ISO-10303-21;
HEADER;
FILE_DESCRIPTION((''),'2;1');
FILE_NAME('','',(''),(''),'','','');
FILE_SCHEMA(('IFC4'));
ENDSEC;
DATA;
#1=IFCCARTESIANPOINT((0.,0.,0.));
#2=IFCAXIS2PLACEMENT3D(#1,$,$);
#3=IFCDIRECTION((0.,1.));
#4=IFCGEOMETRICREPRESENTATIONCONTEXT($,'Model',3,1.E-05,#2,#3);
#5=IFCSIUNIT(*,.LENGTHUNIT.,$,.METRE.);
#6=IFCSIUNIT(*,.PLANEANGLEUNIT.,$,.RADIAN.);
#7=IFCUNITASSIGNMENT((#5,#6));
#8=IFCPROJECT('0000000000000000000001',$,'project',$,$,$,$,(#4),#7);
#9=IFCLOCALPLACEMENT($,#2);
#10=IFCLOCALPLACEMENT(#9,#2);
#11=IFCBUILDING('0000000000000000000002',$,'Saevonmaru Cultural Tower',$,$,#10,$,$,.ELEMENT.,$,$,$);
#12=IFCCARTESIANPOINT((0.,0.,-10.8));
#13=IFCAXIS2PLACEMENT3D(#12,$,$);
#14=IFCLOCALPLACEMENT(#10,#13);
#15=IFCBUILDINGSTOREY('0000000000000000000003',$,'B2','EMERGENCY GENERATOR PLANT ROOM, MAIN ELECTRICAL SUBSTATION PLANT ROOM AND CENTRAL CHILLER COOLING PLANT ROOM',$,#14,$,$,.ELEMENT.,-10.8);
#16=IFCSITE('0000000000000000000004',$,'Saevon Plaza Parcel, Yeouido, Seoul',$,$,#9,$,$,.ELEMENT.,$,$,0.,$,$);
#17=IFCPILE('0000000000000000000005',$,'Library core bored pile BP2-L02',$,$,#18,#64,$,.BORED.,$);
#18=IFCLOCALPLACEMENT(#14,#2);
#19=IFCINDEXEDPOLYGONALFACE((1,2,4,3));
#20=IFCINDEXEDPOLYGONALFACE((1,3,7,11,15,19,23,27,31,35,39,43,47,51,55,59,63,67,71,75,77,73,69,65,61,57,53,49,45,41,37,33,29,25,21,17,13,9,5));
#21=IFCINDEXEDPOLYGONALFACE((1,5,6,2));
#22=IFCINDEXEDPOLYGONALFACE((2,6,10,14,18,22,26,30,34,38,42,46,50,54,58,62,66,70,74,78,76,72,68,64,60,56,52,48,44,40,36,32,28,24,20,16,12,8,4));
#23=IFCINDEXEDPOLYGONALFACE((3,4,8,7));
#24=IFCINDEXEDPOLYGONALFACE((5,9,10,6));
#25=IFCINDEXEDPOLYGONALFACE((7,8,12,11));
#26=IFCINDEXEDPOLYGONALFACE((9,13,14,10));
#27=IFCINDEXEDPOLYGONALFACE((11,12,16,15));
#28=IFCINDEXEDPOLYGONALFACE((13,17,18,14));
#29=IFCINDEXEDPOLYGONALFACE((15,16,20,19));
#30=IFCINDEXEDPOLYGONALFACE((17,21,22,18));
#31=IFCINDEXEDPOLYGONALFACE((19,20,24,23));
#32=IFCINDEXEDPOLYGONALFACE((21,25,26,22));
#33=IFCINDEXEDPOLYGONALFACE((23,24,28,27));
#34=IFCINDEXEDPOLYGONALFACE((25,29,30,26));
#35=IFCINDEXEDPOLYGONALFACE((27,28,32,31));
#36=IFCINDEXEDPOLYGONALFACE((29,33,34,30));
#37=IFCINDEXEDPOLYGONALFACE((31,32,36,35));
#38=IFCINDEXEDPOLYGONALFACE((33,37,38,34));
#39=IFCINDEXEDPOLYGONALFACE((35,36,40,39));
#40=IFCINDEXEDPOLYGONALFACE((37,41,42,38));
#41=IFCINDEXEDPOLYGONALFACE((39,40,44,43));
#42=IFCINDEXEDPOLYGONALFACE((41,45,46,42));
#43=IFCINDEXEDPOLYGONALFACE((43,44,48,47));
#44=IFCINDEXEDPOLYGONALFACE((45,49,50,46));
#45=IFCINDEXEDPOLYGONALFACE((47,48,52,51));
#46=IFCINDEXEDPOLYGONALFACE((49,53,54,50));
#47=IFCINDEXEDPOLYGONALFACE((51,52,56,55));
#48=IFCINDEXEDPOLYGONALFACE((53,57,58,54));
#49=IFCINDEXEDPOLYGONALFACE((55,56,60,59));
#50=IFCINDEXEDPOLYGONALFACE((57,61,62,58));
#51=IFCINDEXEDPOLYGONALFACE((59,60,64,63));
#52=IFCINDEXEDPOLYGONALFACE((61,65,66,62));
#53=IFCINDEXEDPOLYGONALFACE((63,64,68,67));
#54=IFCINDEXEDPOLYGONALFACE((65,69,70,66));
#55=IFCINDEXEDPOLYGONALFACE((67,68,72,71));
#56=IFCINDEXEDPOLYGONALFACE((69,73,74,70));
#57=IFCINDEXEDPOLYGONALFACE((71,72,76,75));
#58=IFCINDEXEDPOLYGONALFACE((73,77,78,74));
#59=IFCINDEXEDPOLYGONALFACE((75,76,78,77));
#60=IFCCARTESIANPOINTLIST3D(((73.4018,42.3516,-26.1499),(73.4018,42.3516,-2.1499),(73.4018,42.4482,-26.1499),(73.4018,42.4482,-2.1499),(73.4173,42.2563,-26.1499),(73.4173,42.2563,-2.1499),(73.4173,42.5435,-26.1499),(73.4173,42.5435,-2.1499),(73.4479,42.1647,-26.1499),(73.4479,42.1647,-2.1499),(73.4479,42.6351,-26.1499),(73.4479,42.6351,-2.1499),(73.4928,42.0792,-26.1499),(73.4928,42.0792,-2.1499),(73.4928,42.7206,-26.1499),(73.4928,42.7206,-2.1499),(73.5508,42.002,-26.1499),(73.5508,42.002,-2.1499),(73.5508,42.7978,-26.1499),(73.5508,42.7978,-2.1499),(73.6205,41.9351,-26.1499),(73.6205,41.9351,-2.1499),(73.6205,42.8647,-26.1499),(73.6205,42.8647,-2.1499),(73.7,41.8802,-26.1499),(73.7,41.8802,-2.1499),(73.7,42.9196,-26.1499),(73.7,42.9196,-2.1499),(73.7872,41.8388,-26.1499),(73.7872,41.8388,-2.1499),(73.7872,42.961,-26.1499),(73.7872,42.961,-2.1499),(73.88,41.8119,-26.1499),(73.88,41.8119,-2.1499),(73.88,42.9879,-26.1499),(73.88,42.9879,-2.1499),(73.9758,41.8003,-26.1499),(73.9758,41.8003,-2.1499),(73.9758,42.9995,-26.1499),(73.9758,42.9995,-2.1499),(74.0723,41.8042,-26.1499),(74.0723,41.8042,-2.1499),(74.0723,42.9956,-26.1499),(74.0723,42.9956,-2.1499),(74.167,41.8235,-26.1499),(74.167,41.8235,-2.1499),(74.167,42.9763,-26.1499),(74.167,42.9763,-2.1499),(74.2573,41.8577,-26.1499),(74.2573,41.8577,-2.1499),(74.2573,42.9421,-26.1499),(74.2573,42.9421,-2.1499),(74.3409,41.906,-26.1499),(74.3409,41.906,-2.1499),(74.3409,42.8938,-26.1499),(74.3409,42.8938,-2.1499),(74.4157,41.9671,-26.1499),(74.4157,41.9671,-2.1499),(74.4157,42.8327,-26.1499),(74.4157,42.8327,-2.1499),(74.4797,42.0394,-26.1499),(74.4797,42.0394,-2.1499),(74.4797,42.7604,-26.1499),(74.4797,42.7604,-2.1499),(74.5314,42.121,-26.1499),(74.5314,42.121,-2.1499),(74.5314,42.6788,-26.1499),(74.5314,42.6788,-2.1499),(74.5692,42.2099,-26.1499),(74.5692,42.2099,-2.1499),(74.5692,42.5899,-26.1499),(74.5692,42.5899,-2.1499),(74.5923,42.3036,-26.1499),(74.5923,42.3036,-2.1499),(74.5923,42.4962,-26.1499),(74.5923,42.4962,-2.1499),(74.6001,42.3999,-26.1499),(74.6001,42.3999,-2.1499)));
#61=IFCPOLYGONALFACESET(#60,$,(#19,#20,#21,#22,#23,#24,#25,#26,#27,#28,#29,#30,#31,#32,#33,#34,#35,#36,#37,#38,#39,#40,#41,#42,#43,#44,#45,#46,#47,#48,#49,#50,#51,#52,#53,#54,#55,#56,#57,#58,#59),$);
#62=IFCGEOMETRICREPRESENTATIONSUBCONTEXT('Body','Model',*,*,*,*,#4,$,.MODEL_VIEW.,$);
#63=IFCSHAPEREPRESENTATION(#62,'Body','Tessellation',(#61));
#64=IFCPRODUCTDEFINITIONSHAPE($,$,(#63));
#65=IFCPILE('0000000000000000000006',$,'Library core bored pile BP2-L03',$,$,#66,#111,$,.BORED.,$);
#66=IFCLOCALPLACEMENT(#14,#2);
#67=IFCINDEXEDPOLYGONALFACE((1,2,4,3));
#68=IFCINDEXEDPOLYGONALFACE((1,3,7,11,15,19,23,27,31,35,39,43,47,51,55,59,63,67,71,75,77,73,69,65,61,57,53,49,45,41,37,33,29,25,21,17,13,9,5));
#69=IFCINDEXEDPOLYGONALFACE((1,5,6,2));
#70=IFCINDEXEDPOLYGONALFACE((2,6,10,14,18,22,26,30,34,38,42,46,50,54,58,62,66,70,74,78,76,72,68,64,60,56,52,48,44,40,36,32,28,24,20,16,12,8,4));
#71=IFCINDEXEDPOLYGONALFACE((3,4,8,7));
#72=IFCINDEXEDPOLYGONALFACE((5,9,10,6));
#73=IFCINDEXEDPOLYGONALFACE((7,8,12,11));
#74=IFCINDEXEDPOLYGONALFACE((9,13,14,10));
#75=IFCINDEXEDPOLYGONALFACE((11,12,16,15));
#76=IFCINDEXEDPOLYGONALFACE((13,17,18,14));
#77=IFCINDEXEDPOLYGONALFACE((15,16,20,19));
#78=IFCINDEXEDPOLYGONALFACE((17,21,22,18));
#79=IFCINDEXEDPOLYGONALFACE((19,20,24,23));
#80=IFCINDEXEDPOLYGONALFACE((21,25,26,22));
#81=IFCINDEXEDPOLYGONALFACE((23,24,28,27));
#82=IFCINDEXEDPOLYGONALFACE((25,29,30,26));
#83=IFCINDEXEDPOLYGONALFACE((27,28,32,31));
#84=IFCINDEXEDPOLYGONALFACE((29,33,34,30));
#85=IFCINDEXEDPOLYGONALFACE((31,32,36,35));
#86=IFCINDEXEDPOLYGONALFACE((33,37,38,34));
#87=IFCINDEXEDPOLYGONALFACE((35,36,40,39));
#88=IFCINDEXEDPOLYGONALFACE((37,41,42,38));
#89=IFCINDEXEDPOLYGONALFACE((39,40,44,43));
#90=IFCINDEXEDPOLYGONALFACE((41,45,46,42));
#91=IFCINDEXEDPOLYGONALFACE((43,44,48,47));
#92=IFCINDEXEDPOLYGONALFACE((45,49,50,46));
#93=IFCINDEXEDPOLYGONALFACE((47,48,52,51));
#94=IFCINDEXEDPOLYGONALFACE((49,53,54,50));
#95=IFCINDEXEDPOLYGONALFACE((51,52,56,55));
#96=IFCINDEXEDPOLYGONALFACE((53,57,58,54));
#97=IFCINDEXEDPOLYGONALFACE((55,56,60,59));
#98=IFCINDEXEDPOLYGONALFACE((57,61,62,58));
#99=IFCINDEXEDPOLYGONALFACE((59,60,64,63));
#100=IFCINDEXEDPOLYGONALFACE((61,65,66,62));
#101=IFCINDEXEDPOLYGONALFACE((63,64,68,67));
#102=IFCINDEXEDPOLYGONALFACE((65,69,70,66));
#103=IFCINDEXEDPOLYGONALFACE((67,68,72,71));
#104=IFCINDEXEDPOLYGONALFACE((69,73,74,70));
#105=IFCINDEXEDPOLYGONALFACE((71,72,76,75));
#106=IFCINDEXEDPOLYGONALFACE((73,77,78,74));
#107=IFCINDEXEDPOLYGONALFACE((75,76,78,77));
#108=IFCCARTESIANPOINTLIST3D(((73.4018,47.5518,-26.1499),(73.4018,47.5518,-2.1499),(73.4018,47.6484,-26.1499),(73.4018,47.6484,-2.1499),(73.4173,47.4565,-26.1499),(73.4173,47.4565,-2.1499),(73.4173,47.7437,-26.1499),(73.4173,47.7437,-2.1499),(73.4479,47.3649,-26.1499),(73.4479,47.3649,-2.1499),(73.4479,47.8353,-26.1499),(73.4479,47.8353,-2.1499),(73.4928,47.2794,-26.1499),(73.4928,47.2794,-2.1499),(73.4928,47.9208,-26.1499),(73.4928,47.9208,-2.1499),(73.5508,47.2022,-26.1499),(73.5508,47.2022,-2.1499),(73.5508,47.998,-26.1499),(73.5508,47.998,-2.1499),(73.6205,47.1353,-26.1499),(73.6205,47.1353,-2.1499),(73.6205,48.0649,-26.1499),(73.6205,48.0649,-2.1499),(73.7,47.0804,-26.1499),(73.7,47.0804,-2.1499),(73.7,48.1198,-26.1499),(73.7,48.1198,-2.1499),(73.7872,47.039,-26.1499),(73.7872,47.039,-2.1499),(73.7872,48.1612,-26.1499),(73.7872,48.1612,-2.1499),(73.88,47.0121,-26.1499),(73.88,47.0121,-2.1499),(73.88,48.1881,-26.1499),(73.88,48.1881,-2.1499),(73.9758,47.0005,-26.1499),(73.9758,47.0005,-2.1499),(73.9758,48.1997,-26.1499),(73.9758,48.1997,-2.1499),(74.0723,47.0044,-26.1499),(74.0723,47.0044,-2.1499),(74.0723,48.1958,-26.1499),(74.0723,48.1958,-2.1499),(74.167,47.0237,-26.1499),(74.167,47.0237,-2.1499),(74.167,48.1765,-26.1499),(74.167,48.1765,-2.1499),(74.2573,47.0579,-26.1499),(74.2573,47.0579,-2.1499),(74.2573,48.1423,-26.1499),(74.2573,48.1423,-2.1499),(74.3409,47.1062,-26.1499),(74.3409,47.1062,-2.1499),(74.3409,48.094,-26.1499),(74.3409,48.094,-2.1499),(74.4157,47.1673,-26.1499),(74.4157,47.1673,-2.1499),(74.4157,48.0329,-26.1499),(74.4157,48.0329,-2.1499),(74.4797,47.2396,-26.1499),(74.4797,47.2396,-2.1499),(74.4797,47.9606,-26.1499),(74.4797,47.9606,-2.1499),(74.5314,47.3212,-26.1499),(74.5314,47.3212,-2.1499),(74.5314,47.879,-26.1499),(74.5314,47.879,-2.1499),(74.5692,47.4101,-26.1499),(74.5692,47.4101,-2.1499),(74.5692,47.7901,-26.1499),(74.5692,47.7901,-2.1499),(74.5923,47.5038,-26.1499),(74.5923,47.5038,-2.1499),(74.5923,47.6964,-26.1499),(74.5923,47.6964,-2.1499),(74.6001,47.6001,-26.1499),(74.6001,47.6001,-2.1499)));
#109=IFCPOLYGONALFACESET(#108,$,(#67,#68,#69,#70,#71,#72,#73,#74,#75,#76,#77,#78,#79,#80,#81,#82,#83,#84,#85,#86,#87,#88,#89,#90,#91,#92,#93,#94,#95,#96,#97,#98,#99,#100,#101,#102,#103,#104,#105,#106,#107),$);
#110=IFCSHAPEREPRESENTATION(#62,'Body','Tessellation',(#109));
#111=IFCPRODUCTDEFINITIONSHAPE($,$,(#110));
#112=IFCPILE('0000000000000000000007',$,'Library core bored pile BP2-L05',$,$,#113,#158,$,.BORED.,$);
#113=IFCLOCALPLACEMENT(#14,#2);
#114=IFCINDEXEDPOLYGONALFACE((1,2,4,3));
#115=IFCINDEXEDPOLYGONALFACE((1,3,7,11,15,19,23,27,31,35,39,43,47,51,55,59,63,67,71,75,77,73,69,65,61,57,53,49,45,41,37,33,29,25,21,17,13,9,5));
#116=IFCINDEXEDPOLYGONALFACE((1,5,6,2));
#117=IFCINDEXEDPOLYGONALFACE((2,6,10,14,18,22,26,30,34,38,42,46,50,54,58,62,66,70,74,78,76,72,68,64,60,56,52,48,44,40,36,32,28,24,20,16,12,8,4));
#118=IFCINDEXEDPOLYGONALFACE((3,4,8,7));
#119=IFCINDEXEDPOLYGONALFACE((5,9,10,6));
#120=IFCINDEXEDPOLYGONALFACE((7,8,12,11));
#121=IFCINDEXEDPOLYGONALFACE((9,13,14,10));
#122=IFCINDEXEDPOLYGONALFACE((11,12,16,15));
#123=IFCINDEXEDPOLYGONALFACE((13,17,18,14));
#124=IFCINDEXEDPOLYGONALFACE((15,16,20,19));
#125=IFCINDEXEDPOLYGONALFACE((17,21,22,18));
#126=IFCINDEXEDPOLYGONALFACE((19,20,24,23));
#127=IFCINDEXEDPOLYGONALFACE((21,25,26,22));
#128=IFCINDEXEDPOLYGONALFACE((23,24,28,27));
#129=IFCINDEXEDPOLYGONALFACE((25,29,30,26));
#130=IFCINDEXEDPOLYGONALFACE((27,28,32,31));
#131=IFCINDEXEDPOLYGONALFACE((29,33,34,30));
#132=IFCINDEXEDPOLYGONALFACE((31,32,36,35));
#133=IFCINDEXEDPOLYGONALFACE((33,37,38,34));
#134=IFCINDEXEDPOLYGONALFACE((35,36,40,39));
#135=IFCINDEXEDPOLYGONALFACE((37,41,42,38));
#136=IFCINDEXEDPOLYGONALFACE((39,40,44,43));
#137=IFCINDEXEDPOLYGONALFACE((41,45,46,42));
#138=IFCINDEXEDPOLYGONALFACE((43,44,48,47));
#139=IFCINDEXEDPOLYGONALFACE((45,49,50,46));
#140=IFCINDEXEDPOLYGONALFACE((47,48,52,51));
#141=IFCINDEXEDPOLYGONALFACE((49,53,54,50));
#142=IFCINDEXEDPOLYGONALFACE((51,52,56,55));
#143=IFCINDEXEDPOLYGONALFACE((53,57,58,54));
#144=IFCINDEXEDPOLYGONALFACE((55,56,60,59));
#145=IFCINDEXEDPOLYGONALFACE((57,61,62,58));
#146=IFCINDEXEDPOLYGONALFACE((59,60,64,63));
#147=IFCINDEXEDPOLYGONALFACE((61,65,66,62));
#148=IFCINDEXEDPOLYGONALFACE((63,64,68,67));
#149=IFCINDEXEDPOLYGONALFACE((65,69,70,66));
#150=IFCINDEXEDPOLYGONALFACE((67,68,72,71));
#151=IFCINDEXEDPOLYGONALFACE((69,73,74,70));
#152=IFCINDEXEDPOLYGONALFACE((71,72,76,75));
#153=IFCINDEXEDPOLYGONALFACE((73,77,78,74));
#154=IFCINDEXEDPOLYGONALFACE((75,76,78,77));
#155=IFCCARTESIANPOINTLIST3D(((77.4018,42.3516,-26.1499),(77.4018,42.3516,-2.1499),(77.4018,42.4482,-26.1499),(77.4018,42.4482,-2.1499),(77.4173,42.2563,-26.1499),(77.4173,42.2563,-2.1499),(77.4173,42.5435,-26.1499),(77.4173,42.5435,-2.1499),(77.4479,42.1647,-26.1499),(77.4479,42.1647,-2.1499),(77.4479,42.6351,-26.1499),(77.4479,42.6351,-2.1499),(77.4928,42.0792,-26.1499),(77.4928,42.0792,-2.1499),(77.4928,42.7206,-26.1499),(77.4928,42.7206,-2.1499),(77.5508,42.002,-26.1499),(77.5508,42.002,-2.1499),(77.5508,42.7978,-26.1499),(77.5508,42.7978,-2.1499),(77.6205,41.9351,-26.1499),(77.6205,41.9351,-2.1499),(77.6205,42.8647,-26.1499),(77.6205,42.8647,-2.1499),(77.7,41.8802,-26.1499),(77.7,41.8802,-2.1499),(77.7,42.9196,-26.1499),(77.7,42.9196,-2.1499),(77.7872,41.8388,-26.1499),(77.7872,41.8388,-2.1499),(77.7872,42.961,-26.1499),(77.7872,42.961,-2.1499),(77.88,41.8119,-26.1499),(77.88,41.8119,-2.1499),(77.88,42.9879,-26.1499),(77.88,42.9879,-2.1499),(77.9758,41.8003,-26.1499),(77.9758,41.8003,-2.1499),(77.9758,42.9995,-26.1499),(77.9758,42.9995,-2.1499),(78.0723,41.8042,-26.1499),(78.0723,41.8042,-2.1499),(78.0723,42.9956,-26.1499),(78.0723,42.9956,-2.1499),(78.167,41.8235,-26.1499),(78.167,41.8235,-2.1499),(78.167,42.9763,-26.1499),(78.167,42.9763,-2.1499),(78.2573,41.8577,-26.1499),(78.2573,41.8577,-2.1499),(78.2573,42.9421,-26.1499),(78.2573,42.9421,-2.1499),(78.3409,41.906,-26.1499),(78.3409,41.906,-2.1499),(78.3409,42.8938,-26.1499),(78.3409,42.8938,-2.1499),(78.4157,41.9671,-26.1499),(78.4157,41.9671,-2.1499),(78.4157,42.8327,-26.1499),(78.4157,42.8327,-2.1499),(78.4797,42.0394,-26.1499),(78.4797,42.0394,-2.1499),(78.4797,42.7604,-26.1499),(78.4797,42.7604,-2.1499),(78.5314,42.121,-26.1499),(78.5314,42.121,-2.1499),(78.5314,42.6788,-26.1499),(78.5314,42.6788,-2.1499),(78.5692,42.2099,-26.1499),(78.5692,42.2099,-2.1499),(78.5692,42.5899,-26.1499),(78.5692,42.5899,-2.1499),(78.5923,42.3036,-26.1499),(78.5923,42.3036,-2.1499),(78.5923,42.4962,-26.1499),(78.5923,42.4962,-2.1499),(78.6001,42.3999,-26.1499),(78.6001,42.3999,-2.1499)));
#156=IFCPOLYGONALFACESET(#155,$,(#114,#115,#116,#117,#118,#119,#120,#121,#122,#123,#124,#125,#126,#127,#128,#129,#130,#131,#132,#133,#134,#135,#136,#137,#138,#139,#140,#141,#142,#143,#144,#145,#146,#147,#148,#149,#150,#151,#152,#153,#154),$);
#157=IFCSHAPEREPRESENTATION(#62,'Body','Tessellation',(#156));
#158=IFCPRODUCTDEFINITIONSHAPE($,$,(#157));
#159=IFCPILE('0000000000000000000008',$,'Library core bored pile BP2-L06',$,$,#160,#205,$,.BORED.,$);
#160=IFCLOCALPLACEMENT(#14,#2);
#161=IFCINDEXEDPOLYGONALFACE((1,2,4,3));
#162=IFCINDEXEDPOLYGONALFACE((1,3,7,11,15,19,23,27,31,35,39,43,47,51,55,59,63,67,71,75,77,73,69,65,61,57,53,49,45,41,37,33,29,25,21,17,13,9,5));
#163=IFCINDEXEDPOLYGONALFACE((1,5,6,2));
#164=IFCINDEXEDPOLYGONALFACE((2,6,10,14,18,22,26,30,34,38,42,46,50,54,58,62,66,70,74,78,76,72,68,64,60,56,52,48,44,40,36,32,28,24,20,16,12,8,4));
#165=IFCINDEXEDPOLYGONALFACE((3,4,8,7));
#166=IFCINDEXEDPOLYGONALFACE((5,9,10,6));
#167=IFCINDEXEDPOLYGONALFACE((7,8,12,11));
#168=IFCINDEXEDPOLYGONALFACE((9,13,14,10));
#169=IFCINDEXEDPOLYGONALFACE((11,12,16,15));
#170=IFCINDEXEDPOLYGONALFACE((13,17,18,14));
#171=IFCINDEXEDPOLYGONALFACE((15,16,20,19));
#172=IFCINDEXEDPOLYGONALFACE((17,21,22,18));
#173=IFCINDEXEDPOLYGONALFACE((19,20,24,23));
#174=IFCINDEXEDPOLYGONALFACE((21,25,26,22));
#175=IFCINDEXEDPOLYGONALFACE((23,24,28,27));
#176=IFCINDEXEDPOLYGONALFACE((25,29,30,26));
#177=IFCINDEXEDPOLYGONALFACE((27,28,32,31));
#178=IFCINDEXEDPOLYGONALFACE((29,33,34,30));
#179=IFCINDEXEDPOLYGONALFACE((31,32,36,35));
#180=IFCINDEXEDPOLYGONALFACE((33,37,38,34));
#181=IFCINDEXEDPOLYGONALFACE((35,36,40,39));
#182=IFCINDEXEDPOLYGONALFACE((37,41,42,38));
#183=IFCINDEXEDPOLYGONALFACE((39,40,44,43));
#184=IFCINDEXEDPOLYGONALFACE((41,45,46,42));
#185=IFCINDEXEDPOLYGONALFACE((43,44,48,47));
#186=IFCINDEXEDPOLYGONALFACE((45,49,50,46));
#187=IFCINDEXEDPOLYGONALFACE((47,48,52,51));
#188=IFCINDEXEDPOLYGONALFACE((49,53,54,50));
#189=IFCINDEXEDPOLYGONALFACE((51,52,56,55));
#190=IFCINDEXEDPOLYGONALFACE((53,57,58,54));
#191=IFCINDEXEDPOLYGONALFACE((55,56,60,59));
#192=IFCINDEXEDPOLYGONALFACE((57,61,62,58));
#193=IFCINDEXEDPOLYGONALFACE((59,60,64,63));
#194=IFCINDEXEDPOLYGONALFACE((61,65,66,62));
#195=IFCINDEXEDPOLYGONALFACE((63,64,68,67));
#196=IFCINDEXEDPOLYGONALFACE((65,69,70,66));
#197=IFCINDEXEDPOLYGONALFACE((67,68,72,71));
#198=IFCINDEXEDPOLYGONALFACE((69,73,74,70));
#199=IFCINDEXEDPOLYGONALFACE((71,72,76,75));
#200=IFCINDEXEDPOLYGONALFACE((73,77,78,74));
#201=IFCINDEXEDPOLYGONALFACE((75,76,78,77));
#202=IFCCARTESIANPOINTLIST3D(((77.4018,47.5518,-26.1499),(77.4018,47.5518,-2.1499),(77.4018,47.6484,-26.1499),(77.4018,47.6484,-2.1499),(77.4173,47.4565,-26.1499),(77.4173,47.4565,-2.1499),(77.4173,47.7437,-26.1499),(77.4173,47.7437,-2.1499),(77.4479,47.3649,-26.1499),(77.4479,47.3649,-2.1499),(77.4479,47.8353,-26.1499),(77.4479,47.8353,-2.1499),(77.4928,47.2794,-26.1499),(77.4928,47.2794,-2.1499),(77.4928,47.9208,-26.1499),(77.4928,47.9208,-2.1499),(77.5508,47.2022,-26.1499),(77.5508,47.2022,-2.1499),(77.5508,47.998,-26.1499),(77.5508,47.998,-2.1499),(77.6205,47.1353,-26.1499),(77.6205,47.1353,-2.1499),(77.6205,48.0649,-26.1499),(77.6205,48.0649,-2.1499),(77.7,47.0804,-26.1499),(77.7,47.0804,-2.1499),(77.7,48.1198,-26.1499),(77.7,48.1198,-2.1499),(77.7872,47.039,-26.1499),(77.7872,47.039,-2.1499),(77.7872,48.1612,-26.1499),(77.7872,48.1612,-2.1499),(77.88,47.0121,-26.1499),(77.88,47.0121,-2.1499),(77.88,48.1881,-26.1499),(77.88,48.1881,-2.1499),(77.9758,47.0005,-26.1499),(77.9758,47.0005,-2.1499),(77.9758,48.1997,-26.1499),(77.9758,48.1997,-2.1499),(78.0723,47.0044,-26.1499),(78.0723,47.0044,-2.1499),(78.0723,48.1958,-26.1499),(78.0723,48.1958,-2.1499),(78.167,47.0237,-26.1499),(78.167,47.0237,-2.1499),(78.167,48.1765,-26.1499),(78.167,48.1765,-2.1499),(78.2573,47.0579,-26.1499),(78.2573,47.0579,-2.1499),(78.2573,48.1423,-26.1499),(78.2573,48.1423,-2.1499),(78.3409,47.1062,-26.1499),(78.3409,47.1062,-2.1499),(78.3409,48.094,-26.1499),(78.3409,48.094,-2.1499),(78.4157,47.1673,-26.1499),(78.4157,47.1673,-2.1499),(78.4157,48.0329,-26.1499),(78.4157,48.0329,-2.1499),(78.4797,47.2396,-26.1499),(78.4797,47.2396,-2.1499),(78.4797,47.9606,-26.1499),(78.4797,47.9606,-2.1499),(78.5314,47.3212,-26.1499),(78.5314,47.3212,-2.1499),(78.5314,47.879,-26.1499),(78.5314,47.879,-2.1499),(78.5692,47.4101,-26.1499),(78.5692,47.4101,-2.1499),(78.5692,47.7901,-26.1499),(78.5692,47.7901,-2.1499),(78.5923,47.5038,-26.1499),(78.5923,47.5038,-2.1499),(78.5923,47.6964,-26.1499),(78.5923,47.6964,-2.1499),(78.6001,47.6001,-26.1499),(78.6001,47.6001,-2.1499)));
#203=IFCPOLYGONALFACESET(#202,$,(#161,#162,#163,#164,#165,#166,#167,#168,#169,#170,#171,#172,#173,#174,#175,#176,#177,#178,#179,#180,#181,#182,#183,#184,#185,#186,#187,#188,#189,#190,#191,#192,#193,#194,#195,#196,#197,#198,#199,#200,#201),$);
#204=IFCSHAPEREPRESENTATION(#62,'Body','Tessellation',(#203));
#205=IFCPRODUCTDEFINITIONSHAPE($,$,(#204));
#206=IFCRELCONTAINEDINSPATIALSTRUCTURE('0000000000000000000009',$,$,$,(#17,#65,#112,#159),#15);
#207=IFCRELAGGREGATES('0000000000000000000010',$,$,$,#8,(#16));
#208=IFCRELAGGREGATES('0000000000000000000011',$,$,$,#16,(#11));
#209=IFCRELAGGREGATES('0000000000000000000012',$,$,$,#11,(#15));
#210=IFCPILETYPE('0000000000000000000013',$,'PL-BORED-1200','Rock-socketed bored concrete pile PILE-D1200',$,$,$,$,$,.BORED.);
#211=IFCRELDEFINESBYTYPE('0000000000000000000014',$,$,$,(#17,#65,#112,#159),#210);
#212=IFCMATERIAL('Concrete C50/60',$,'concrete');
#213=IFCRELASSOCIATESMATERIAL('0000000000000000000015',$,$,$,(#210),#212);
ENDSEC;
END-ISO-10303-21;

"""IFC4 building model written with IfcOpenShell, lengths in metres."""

from ifc_helpers import new_model, si_unit, direction, frame, origin, origin_2d, place, context, subcontext, project, spatial, circle, extrude, material, material_profile, profile_set, type_object, element, save


model = new_model("IFC4")

# Units and contexts
model_context = context("Model", 3, precision=1e-05, world=origin(), true_north=direction((0.0, 1.0)))
body_context = subcontext(model_context, "Body", "Model", "MODEL_VIEW")
ifc_project = project(units=[si_unit("LENGTHUNIT", "METRE"), si_unit("PLANEANGLEUNIT", "RADIAN")], contexts=[model_context])

# Site, building, storey
site_placement = place(None, origin())
site = spatial("IfcSite", under=ifc_project, at=site_placement, Name="Saevon Plaza Parcel, Yeouido, Seoul", CompositionType="ELEMENT", RefElevation=0.0)
building_placement = place(site_placement, origin())
building = spatial("IfcBuilding", under=site, at=building_placement, Name="Saevonmaru Cultural Tower", CompositionType="ELEMENT")
storey_placement = place(building_placement, frame((0.0, 0.0, -10.8)))
storey = spatial("IfcBuildingStorey", under=building, at=storey_placement, Name="B2", Description="EMERGENCY GENERATOR PLANT ROOM, MAIN ELECTRICAL SUBSTATION PLANT ROOM AND CENTRAL CHILLER COOLING PLANT ROOM", CompositionType="ELEMENT", Elevation=-10.8)

# Shared definitions
ifc_material_1 = material(Name="Concrete C50/60", Category="concrete")

# Piles
ifc_material_profile_1 = material_profile(ifc_material_1, circle(Radius=0.6001, at=origin_2d()), Name="PILE-D1200")
ifc_profile_set_1 = profile_set([ifc_material_profile_1], Name="Concrete C50/60")
pile_type_1 = type_object("IfcPileType", Name="PL-BORED-1200", Description="Rock-socketed bored concrete pile PILE-D1200", PredefinedType="BORED", material=ifc_profile_set_1)
for number, where, z_axis, x_axis, name in (
    (1, (74.0, 42.3999, -2.1499), (0.0, 0.0, -1.0), (1.0, 0.0, 0.0), "Library core bored pile BP2-L02"),
    (2, (74.0, 47.6001, -2.1499), (0.0, 0.0, -1.0), (1.0, 0.0, 0.0), "Library core bored pile BP2-L03"),
    (3, (78.0, 42.3999, -2.1499), (0.0, 0.0, -1.0), (1.0, 0.0, 0.0), "Library core bored pile BP2-L05"),
    (4, (78.0, 47.6001, -2.1499), (0.0, 0.0, -1.0), (1.0, 0.0, 0.0), "Library core bored pile BP2-L06"),
):
    element("IfcPile", number, at=place(storey_placement, frame(where, z_axis=z_axis, x_axis=x_axis)), inside=storey, type_object=pile_type_1, Name=name, PredefinedType="BORED", context=body_context, shape_type="SweptSolid", body=[
        extrude(circle(Radius=0.6001, at=origin_2d()), origin(), (0.0, 0.0, 1.0), 24.0),
    ])

save(model, "model.ifc")
